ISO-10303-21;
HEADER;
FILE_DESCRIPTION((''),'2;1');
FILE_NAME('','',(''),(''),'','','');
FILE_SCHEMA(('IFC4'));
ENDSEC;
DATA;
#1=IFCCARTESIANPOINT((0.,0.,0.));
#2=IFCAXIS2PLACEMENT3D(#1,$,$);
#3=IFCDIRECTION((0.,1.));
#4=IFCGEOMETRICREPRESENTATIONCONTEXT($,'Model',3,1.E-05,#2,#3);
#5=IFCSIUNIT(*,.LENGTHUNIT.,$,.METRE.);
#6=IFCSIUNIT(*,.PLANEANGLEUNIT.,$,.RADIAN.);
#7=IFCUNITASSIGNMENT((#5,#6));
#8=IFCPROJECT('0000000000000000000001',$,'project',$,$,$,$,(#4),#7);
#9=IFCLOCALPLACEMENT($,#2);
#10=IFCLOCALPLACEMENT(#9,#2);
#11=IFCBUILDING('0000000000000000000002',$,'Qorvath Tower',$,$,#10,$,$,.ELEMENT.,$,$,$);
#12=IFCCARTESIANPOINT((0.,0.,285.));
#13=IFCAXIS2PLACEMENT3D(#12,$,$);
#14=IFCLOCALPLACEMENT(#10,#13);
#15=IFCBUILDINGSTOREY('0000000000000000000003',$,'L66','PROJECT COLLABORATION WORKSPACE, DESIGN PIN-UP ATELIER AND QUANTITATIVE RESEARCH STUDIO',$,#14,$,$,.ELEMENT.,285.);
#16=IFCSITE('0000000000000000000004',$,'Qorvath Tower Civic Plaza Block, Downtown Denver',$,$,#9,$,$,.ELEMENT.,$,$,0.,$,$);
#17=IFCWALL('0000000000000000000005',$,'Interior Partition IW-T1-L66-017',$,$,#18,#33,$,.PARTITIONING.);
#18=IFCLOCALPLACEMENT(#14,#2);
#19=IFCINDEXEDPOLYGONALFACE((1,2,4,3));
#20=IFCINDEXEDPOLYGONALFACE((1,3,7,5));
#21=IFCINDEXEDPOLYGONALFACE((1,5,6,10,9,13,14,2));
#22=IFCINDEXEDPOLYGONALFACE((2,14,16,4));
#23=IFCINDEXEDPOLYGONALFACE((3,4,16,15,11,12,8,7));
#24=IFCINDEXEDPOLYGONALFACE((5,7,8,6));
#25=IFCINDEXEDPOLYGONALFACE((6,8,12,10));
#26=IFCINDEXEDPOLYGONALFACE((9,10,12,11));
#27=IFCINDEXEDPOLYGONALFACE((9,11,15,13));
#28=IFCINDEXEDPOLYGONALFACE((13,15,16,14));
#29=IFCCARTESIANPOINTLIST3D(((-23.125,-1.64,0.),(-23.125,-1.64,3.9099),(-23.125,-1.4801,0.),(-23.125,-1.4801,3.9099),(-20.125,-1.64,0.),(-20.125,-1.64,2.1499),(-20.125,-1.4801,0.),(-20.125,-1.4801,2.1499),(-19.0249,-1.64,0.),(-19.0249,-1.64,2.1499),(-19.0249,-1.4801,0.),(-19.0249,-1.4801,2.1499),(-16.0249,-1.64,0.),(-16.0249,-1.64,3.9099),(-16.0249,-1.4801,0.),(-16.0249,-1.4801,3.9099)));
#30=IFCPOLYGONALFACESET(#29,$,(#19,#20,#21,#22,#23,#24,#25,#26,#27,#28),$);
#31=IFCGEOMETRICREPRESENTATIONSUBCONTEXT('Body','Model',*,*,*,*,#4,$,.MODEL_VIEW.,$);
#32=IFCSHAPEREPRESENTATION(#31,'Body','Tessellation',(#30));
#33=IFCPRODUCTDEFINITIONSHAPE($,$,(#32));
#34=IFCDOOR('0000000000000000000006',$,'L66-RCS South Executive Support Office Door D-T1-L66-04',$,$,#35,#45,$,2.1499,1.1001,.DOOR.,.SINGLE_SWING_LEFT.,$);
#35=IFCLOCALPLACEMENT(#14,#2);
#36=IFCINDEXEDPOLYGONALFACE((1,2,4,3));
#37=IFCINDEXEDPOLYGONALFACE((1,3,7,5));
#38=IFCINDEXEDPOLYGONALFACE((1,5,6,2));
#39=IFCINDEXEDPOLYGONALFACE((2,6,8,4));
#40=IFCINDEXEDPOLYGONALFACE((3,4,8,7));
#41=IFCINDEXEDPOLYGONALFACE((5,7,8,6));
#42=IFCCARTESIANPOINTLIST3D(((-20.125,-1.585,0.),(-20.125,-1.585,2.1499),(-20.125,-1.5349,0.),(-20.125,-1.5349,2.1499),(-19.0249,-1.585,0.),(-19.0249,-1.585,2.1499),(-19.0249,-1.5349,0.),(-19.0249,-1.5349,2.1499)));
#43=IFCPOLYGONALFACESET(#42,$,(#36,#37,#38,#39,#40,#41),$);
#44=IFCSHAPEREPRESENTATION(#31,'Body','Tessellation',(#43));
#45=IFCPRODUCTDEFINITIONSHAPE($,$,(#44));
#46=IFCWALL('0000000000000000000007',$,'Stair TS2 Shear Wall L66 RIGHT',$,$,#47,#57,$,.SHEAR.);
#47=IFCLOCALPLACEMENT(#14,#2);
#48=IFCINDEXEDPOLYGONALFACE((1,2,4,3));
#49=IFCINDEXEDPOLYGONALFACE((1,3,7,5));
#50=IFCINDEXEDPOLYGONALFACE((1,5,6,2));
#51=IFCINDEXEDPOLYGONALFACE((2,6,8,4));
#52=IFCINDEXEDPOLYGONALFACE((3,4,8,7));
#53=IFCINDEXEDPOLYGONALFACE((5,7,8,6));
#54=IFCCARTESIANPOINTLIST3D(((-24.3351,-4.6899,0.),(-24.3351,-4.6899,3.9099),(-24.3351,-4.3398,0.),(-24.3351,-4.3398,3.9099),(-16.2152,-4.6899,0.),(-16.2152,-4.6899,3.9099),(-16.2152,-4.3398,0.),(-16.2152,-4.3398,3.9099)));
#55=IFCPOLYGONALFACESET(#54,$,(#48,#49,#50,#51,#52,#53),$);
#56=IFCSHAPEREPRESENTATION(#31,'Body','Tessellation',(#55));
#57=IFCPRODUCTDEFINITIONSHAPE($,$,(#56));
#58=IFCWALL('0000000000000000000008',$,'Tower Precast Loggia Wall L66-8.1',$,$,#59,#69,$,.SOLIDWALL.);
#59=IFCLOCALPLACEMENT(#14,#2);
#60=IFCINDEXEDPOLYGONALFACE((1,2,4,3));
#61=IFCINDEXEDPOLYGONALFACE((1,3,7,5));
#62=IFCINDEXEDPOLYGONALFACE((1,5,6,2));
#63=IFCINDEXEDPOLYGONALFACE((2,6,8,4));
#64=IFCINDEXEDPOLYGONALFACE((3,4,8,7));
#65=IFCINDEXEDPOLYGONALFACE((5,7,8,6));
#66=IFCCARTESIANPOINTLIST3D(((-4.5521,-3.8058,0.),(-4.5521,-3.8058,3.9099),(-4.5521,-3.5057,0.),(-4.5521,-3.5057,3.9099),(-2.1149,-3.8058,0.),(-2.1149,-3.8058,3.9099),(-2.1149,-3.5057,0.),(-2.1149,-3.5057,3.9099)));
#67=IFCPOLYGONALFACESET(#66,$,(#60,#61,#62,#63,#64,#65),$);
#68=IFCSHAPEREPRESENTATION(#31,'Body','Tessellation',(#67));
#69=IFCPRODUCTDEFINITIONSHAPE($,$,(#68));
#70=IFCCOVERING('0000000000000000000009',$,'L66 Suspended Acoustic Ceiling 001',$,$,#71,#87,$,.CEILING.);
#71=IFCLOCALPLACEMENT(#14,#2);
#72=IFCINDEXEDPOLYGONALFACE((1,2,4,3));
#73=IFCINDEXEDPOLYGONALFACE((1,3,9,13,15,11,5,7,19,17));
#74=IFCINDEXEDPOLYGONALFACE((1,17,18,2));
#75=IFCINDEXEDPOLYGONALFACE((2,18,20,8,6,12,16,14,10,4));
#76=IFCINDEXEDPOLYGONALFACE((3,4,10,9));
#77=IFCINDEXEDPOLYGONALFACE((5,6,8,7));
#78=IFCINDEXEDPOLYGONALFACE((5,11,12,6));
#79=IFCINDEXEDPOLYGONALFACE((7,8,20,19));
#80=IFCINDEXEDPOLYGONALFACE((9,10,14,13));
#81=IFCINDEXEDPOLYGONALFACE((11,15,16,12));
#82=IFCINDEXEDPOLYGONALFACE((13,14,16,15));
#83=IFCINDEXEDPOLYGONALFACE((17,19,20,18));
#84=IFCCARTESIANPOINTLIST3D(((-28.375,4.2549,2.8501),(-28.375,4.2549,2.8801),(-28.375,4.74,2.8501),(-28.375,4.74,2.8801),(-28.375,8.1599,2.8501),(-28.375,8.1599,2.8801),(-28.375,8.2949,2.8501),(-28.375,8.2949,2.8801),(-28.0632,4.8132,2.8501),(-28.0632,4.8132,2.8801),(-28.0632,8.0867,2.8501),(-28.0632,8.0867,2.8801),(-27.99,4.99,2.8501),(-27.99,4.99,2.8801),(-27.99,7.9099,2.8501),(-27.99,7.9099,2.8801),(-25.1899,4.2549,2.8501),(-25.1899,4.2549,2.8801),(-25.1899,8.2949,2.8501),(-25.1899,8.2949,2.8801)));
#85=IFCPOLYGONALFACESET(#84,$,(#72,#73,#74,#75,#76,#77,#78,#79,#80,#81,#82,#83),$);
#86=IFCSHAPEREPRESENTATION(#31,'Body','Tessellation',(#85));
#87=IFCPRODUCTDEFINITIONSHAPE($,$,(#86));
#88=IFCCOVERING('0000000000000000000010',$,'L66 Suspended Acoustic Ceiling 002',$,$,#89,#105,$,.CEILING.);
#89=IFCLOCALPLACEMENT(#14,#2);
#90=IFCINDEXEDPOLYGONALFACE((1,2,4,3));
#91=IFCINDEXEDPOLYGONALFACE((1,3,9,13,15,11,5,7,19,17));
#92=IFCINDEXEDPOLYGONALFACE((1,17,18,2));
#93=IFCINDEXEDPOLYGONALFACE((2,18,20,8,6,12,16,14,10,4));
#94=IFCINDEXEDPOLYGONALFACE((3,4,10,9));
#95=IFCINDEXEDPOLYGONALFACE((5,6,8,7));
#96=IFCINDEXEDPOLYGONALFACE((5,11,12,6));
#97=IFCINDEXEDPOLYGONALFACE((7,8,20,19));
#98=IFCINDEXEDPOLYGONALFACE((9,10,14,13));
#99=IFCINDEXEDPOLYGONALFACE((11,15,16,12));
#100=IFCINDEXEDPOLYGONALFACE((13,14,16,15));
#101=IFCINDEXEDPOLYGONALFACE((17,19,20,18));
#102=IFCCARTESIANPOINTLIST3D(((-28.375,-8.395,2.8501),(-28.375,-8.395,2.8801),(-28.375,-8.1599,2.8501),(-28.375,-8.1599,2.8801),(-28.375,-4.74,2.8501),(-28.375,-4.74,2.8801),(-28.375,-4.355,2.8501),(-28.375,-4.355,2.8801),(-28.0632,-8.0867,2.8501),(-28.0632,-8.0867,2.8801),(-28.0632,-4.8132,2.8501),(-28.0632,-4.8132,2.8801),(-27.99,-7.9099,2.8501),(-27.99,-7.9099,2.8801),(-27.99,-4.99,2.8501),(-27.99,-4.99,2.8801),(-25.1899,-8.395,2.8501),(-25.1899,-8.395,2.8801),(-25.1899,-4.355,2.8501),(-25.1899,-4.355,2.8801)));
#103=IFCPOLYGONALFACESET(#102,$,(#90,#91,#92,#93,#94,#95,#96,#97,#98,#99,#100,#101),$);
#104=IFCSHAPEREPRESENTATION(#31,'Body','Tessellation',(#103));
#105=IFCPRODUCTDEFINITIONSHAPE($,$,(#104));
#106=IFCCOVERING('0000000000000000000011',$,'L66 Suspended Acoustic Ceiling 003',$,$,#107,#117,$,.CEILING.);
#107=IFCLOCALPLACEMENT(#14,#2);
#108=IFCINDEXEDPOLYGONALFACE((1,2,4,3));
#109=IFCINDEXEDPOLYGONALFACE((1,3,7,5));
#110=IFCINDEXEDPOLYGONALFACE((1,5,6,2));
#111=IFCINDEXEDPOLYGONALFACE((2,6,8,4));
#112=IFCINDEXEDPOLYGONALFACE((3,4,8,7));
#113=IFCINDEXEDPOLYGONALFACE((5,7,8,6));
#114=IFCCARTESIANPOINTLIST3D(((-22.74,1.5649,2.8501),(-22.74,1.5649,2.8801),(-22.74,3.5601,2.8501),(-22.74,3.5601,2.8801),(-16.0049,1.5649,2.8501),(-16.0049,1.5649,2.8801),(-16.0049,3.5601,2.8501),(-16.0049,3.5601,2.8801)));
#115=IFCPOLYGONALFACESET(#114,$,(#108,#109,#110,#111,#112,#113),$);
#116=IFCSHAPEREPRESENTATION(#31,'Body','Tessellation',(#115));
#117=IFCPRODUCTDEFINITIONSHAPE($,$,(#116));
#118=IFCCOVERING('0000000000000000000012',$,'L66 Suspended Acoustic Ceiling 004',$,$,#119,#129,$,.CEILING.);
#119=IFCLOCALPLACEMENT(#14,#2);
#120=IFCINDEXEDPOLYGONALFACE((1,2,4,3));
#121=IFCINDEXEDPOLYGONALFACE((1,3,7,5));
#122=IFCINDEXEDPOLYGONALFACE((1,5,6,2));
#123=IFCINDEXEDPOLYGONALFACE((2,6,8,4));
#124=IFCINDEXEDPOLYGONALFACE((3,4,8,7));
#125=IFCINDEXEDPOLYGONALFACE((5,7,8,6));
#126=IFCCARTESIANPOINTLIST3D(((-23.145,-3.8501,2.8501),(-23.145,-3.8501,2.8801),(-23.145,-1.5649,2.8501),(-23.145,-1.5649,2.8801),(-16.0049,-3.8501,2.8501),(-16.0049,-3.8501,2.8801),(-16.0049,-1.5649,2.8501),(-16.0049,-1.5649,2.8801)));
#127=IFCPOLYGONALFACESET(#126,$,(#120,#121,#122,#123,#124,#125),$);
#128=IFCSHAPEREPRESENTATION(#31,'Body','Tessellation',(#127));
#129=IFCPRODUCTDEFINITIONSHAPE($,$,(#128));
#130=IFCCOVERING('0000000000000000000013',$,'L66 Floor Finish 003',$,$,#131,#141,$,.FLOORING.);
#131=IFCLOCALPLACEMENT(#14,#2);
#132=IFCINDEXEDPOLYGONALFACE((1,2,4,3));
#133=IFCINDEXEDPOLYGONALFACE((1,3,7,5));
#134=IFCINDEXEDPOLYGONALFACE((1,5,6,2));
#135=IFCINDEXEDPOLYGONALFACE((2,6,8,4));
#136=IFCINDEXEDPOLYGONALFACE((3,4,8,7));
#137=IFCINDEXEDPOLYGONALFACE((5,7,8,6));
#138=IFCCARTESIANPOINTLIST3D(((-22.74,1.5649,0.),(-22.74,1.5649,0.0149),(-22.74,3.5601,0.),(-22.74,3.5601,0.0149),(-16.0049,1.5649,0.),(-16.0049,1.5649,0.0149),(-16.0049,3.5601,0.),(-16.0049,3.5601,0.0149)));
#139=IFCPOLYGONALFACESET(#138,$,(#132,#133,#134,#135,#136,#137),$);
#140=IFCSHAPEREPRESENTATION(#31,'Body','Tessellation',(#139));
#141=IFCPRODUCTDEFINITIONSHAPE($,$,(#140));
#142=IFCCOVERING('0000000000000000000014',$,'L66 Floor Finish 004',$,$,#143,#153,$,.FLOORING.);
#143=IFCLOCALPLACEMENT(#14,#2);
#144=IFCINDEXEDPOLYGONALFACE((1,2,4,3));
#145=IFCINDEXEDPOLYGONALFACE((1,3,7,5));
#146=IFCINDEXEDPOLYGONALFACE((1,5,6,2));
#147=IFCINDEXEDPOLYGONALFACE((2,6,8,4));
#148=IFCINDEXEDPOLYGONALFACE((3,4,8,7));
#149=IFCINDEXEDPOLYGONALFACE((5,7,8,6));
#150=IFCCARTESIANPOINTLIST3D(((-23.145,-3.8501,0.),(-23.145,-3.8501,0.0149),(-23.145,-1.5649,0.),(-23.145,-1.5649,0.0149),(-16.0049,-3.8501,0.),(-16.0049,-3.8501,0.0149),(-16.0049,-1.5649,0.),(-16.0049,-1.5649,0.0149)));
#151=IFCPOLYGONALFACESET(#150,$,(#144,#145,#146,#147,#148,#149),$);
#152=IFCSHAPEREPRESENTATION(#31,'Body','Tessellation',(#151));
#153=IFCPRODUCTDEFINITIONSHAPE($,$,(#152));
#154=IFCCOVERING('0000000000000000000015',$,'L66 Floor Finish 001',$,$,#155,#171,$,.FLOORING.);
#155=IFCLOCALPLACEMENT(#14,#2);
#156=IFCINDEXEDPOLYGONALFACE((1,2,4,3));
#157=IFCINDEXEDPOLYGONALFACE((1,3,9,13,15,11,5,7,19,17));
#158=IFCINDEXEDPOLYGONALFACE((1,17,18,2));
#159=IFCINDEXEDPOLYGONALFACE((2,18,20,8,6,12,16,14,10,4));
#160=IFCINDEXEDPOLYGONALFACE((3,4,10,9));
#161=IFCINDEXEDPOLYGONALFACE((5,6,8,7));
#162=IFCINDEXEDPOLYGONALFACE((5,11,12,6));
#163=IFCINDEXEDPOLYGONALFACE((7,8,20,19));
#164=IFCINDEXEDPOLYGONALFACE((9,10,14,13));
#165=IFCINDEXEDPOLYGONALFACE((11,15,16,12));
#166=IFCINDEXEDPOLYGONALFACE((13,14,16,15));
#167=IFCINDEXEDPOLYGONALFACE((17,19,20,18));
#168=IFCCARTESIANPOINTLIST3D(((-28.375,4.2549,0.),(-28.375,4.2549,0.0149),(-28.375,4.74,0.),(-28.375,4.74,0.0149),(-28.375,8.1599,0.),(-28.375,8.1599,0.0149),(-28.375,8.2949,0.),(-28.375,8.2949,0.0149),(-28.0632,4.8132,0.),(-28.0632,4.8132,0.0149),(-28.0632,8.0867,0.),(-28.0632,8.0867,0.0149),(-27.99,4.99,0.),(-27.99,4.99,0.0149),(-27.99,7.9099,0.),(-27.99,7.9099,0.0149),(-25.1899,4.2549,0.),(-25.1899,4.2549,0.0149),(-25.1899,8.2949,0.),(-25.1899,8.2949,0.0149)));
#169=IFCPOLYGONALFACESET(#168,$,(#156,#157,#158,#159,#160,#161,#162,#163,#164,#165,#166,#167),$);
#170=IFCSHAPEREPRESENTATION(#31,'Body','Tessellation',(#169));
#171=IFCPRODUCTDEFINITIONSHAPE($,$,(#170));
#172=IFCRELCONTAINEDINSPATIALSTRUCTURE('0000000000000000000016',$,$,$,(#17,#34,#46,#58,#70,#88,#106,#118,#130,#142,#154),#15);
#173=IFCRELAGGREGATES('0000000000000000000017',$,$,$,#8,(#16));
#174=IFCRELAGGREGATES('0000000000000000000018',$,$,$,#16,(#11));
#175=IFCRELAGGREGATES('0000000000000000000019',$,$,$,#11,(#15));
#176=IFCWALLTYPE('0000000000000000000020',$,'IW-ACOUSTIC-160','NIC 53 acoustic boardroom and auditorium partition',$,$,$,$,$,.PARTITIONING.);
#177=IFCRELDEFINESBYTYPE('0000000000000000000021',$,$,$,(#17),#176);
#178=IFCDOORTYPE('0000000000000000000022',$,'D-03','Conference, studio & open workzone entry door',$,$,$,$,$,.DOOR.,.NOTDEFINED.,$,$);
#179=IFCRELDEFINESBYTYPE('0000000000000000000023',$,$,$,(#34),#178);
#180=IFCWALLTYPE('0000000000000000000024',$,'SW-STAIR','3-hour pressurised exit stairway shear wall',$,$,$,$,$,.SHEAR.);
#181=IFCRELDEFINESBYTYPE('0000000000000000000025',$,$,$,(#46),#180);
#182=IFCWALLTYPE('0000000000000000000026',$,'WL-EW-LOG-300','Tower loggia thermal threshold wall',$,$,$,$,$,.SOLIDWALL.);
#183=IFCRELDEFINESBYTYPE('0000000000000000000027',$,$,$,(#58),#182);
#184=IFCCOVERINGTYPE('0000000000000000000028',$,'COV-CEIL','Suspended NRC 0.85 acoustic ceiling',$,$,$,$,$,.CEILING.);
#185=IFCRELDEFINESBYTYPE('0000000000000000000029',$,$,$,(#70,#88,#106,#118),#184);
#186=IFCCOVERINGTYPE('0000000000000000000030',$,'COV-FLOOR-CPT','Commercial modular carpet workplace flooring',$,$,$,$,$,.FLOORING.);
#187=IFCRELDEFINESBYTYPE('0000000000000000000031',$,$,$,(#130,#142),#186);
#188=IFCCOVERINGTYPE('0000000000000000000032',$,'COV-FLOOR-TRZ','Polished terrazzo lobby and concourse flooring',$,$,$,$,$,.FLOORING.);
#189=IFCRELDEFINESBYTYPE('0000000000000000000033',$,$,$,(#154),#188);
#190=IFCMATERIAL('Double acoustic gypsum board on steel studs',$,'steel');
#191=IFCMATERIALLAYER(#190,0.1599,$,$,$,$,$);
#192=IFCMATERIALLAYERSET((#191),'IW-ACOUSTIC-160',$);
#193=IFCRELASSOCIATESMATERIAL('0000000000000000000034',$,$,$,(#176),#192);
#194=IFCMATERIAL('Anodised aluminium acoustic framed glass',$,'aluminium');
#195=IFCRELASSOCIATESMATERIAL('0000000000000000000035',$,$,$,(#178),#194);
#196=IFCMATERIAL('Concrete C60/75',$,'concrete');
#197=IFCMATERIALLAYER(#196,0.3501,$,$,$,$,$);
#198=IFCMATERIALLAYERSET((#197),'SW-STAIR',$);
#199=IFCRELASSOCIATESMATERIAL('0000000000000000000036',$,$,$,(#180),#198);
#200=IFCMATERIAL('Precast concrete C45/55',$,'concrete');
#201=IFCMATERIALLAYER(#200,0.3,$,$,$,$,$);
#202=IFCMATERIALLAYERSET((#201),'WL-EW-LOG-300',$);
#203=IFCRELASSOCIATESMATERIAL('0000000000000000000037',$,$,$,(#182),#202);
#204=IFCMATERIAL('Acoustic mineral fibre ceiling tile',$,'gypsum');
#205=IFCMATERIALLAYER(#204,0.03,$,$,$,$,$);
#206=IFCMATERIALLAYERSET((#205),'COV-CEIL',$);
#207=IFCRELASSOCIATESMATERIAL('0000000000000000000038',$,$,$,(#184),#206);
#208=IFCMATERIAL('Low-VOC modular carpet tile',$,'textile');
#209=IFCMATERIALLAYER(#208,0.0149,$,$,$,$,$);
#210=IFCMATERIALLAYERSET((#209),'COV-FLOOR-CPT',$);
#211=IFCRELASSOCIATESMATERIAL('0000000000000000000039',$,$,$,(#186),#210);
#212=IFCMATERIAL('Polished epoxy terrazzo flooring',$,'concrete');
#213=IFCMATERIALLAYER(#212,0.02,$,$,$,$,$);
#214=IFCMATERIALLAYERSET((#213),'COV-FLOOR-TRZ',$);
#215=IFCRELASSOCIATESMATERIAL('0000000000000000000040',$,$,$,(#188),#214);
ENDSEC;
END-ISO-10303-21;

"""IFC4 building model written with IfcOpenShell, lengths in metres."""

from ifc_helpers import new_model, si_unit, direction, frame, frame_2d, origin, place, context, subcontext, project, spatial, polyline, rectangle, outline, extrude, material, layer, layer_set, type_object, element, fill, save


model = new_model("IFC4")

# Units and contexts
model_context = context("Model", 3, precision=1e-05, world=origin(), true_north=direction((0.0, 1.0)))
body_context = subcontext(model_context, "Body", "Model", "MODEL_VIEW")
ifc_project = project(units=[si_unit("LENGTHUNIT", "METRE"), si_unit("PLANEANGLEUNIT", "RADIAN")], contexts=[model_context])

# Site, building, storey
site_placement = place(None, origin())
site = spatial("IfcSite", under=ifc_project, at=site_placement, Name="Qorvath Tower Civic Plaza Block, Downtown Denver", CompositionType="ELEMENT", RefElevation=0.0)
building_placement = place(site_placement, origin())
building = spatial("IfcBuilding", under=site, at=building_placement, Name="Qorvath Tower", CompositionType="ELEMENT")
storey_placement = place(building_placement, frame((0.0, 0.0, 285.0)))
storey = spatial("IfcBuildingStorey", under=building, at=storey_placement, Name="L66", Description="PROJECT COLLABORATION WORKSPACE, DESIGN PIN-UP ATELIER AND QUANTITATIVE RESEARCH STUDIO", CompositionType="ELEMENT", Elevation=285.0)

# Shared definitions
ifc_material_1 = material(Name="Double acoustic gypsum board on steel studs", Category="steel")
ifc_layer_1 = layer(ifc_material_1, 0.1599)
ifc_layer_set_1 = layer_set([ifc_layer_1], Name="IW-ACOUSTIC-160")
wall_type_1 = type_object("IfcWallType", Name="IW-ACOUSTIC-160", Description="NIC 53 acoustic boardroom and auditorium partition", PredefinedType="PARTITIONING", material=ifc_layer_set_1)

# Wall, opening, door
wall_1_placement = place(storey_placement, frame((-16.0249, -1.5601, 0.0), z_axis=(0.0, 0.0, 1.0), x_axis=(-1.0, 0.0, 0.0)))
wall_1 = element("IfcWall", 1, at=wall_1_placement, inside=storey, type_object=wall_type_1, Name="Interior Partition IW-T1-L66-017", PredefinedType="PARTITIONING", context=body_context, shape_type="SweptSolid", body=[
    extrude(rectangle(XDim=7.1001, YDim=0.1599, at=frame_2d((3.55, 0.0))), origin(), (0.0, 0.0, 1.0), 3.9099),
])
opening_placement = place(wall_1_placement, frame((3.0, 0.0, 0.0)))
opening = element("IfcOpeningElement", 2, at=opening_placement, cuts=wall_1, PredefinedType="OPENING", context=body_context, shape_type="SweptSolid", body=[
    extrude(rectangle(XDim=1.1001, YDim=2.1499, at=frame_2d((0.55, 1.075))), frame((0.0, 0.0898, 0.0), z_axis=(0.0, -1.0, 0.0), x_axis=(1.0, 0.0, 0.0)), (0.0, 0.0, 1.0), 0.1799),
])
ifc_material_2 = material(Name="Anodised aluminium acoustic framed glass", Category="aluminium")
door_type = type_object("IfcDoorType", Name="D-03", Description="Conference, studio & open workzone entry door", OperationType="NOTDEFINED", PredefinedType="DOOR", material=ifc_material_2)
door_placement = place(opening_placement, origin())
door = element("IfcDoor", 3, at=door_placement, inside=storey, type_object=door_type, Name="L66-RCS South Executive Support Office Door D-T1-L66-04", OperationType="SINGLE_SWING_LEFT", OverallHeight=2.1499, OverallWidth=1.1001, PredefinedType="DOOR", context=body_context, shape_type="SweptSolid", body=[
    extrude(rectangle(XDim=1.1001, YDim=2.1499, at=frame_2d((0.55, 1.075))), frame((0.0, 0.0249, 0.0), z_axis=(0.0, -1.0, 0.0), x_axis=(1.0, 0.0, 0.0)), (0.0, 0.0, 1.0), 0.05),
])
fill(opening, door)

# Walls
ifc_material_3 = material(Name="Concrete C60/75", Category="concrete")
ifc_layer_2 = layer(ifc_material_3, 0.3501)
ifc_layer_set_2 = layer_set([ifc_layer_2], Name="SW-STAIR")
wall_type_2 = type_object("IfcWallType", Name="SW-STAIR", Description="3-hour pressurised exit stairway shear wall", PredefinedType="SHEAR", material=ifc_layer_set_2)
wall_2_placement = place(storey_placement, frame((-16.2151, -4.5149, 0.0), z_axis=(0.0, 0.0, 1.0), x_axis=(-1.0, 0.0, 0.0)))
element("IfcWall", 4, at=wall_2_placement, inside=storey, type_object=wall_type_2, Name="Stair TS2 Shear Wall L66 RIGHT", PredefinedType="SHEAR", context=body_context, shape_type="SweptSolid", body=[
    extrude(rectangle(XDim=8.1199, YDim=0.3501, at=frame_2d((4.0601, 0.0))), origin(), (0.0, 0.0, 1.0), 3.9099),
])
ifc_material_4 = material(Name="Precast concrete C45/55", Category="concrete")
ifc_layer_3 = layer(ifc_material_4, 0.3)
ifc_layer_set_3 = layer_set([ifc_layer_3], Name="WL-EW-LOG-300")
wall_type_3 = type_object("IfcWallType", Name="WL-EW-LOG-300", Description="Tower loggia thermal threshold wall", PredefinedType="SOLIDWALL", material=ifc_layer_set_3)
wall_3_placement = place(storey_placement, frame((-2.1147, -3.6558, 0.0), z_axis=(0.0, 0.0, 1.0), x_axis=(-1.0, 0.0, 0.0)))
element("IfcWall", 5, at=wall_3_placement, inside=storey, type_object=wall_type_3, Name="Tower Precast Loggia Wall L66-8.1", PredefinedType="SOLIDWALL", context=body_context, shape_type="SweptSolid", body=[
    extrude(rectangle(XDim=2.4373, YDim=0.3, at=frame_2d((1.2188, 0.0))), origin(), (0.0, 0.0, 1.0), 3.9099),
])

# Coverings
ifc_material_5 = material(Name="Acoustic mineral fibre ceiling tile", Category="gypsum")
ifc_layer_4 = layer(ifc_material_5, 0.03)
ifc_layer_set_4 = layer_set([ifc_layer_4], Name="COV-CEIL")
covering_type_1 = type_object("IfcCoveringType", Name="COV-CEIL", Description="Suspended NRC 0.85 acoustic ceiling", PredefinedType="CEILING", material=ifc_layer_set_4)
covering_1_placement = place(storey_placement, frame((0.0, 0.0, 2.8501)))
element("IfcCovering", 6, at=covering_1_placement, inside=storey, type_object=covering_type_1, Name="L66 Suspended Acoustic Ceiling 001", PredefinedType="CEILING", context=body_context, shape_type="SweptSolid", body=[
    extrude(outline(polyline([(-25.1899, 4.2549), (-25.1899, 8.2949), (-28.375, 8.2949), (-28.375, 8.1599), (-28.0632, 8.0867), (-27.99, 7.9099), (-27.99, 4.99), (-28.0632, 4.8132), (-28.375, 4.74), (-28.375, 4.2549), (-25.1899, 4.2549)])), origin(), (0.0, 0.0, 1.0), 0.03),
])
covering_2_placement = place(storey_placement, frame((0.0, 0.0, 2.8501)))
element("IfcCovering", 7, at=covering_2_placement, inside=storey, type_object=covering_type_1, Name="L66 Suspended Acoustic Ceiling 002", PredefinedType="CEILING", context=body_context, shape_type="SweptSolid", body=[
    extrude(outline(polyline([(-25.1899, -8.395), (-25.1899, -4.355), (-28.375, -4.355), (-28.375, -4.74), (-28.0632, -4.8132), (-27.99, -4.99), (-27.99, -7.9099), (-28.0632, -8.0867), (-28.375, -8.1599), (-28.375, -8.395), (-25.1899, -8.395)])), origin(), (0.0, 0.0, 1.0), 0.03),
])
covering_3_placement = place(storey_placement, frame((0.0, 0.0, 2.8501)))
element("IfcCovering", 8, at=covering_3_placement, inside=storey, type_object=covering_type_1, Name="L66 Suspended Acoustic Ceiling 003", PredefinedType="CEILING", context=body_context, shape_type="SweptSolid", body=[
    extrude(outline(polyline([(-16.0049, 3.5601), (-22.74, 3.5601), (-22.74, 1.5649), (-16.0049, 1.5649), (-16.0049, 3.5601)])), origin(), (0.0, 0.0, 1.0), 0.03),
])
covering_4_placement = place(storey_placement, frame((0.0, 0.0, 2.8501)))
element("IfcCovering", 9, at=covering_4_placement, inside=storey, type_object=covering_type_1, Name="L66 Suspended Acoustic Ceiling 004", PredefinedType="CEILING", context=body_context, shape_type="SweptSolid", body=[
    extrude(outline(polyline([(-23.145, -3.8501), (-16.0049, -3.8501), (-16.0049, -1.5649), (-23.145, -1.5649), (-23.145, -3.8501)])), origin(), (0.0, 0.0, 1.0), 0.03),
])
ifc_material_6 = material(Name="Low-VOC modular carpet tile", Category="textile")
ifc_layer_5 = layer(ifc_material_6, 0.0149)
ifc_layer_set_5 = layer_set([ifc_layer_5], Name="COV-FLOOR-CPT")
covering_type_2 = type_object("IfcCoveringType", Name="COV-FLOOR-CPT", Description="Commercial modular carpet workplace flooring", PredefinedType="FLOORING", material=ifc_layer_set_5)
covering_5_placement = place(storey_placement, origin())
element("IfcCovering", 10, at=covering_5_placement, inside=storey, type_object=covering_type_2, Name="L66 Floor Finish 003", PredefinedType="FLOORING", context=body_context, shape_type="SweptSolid", body=[
    extrude(outline(polyline([(-16.0049, 3.5601), (-22.74, 3.5601), (-22.74, 1.5649), (-16.0049, 1.5649), (-16.0049, 3.5601)])), origin(), (0.0, 0.0, 1.0), 0.0149),
])
covering_6_placement = place(storey_placement, origin())
element("IfcCovering", 11, at=covering_6_placement, inside=storey, type_object=covering_type_2, Name="L66 Floor Finish 004", PredefinedType="FLOORING", context=body_context, shape_type="SweptSolid", body=[
    extrude(outline(polyline([(-23.145, -3.8501), (-16.0049, -3.8501), (-16.0049, -1.5649), (-23.145, -1.5649), (-23.145, -3.8501)])), origin(), (0.0, 0.0, 1.0), 0.0149),
])
ifc_material_7 = material(Name="Polished epoxy terrazzo flooring", Category="concrete")
ifc_layer_6 = layer(ifc_material_7, 0.02)
ifc_layer_set_6 = layer_set([ifc_layer_6], Name="COV-FLOOR-TRZ")
covering_type_3 = type_object("IfcCoveringType", Name="COV-FLOOR-TRZ", Description="Polished terrazzo lobby and concourse flooring", PredefinedType="FLOORING", material=ifc_layer_set_6)
covering_7_placement = place(storey_placement, origin())
element("IfcCovering", 12, at=covering_7_placement, inside=storey, type_object=covering_type_3, Name="L66 Floor Finish 001", PredefinedType="FLOORING", context=body_context, shape_type="SweptSolid", body=[
    extrude(outline(polyline([(-25.1899, 4.2549), (-25.1899, 8.2949), (-28.375, 8.2949), (-28.375, 8.1599), (-28.0632, 8.0867), (-27.99, 7.9099), (-27.99, 4.99), (-28.0632, 4.8132), (-28.375, 4.74), (-28.375, 4.2549), (-25.1899, 4.2549)])), origin(), (0.0, 0.0, 1.0), 0.0149),
])

save(model, "model.ifc")
